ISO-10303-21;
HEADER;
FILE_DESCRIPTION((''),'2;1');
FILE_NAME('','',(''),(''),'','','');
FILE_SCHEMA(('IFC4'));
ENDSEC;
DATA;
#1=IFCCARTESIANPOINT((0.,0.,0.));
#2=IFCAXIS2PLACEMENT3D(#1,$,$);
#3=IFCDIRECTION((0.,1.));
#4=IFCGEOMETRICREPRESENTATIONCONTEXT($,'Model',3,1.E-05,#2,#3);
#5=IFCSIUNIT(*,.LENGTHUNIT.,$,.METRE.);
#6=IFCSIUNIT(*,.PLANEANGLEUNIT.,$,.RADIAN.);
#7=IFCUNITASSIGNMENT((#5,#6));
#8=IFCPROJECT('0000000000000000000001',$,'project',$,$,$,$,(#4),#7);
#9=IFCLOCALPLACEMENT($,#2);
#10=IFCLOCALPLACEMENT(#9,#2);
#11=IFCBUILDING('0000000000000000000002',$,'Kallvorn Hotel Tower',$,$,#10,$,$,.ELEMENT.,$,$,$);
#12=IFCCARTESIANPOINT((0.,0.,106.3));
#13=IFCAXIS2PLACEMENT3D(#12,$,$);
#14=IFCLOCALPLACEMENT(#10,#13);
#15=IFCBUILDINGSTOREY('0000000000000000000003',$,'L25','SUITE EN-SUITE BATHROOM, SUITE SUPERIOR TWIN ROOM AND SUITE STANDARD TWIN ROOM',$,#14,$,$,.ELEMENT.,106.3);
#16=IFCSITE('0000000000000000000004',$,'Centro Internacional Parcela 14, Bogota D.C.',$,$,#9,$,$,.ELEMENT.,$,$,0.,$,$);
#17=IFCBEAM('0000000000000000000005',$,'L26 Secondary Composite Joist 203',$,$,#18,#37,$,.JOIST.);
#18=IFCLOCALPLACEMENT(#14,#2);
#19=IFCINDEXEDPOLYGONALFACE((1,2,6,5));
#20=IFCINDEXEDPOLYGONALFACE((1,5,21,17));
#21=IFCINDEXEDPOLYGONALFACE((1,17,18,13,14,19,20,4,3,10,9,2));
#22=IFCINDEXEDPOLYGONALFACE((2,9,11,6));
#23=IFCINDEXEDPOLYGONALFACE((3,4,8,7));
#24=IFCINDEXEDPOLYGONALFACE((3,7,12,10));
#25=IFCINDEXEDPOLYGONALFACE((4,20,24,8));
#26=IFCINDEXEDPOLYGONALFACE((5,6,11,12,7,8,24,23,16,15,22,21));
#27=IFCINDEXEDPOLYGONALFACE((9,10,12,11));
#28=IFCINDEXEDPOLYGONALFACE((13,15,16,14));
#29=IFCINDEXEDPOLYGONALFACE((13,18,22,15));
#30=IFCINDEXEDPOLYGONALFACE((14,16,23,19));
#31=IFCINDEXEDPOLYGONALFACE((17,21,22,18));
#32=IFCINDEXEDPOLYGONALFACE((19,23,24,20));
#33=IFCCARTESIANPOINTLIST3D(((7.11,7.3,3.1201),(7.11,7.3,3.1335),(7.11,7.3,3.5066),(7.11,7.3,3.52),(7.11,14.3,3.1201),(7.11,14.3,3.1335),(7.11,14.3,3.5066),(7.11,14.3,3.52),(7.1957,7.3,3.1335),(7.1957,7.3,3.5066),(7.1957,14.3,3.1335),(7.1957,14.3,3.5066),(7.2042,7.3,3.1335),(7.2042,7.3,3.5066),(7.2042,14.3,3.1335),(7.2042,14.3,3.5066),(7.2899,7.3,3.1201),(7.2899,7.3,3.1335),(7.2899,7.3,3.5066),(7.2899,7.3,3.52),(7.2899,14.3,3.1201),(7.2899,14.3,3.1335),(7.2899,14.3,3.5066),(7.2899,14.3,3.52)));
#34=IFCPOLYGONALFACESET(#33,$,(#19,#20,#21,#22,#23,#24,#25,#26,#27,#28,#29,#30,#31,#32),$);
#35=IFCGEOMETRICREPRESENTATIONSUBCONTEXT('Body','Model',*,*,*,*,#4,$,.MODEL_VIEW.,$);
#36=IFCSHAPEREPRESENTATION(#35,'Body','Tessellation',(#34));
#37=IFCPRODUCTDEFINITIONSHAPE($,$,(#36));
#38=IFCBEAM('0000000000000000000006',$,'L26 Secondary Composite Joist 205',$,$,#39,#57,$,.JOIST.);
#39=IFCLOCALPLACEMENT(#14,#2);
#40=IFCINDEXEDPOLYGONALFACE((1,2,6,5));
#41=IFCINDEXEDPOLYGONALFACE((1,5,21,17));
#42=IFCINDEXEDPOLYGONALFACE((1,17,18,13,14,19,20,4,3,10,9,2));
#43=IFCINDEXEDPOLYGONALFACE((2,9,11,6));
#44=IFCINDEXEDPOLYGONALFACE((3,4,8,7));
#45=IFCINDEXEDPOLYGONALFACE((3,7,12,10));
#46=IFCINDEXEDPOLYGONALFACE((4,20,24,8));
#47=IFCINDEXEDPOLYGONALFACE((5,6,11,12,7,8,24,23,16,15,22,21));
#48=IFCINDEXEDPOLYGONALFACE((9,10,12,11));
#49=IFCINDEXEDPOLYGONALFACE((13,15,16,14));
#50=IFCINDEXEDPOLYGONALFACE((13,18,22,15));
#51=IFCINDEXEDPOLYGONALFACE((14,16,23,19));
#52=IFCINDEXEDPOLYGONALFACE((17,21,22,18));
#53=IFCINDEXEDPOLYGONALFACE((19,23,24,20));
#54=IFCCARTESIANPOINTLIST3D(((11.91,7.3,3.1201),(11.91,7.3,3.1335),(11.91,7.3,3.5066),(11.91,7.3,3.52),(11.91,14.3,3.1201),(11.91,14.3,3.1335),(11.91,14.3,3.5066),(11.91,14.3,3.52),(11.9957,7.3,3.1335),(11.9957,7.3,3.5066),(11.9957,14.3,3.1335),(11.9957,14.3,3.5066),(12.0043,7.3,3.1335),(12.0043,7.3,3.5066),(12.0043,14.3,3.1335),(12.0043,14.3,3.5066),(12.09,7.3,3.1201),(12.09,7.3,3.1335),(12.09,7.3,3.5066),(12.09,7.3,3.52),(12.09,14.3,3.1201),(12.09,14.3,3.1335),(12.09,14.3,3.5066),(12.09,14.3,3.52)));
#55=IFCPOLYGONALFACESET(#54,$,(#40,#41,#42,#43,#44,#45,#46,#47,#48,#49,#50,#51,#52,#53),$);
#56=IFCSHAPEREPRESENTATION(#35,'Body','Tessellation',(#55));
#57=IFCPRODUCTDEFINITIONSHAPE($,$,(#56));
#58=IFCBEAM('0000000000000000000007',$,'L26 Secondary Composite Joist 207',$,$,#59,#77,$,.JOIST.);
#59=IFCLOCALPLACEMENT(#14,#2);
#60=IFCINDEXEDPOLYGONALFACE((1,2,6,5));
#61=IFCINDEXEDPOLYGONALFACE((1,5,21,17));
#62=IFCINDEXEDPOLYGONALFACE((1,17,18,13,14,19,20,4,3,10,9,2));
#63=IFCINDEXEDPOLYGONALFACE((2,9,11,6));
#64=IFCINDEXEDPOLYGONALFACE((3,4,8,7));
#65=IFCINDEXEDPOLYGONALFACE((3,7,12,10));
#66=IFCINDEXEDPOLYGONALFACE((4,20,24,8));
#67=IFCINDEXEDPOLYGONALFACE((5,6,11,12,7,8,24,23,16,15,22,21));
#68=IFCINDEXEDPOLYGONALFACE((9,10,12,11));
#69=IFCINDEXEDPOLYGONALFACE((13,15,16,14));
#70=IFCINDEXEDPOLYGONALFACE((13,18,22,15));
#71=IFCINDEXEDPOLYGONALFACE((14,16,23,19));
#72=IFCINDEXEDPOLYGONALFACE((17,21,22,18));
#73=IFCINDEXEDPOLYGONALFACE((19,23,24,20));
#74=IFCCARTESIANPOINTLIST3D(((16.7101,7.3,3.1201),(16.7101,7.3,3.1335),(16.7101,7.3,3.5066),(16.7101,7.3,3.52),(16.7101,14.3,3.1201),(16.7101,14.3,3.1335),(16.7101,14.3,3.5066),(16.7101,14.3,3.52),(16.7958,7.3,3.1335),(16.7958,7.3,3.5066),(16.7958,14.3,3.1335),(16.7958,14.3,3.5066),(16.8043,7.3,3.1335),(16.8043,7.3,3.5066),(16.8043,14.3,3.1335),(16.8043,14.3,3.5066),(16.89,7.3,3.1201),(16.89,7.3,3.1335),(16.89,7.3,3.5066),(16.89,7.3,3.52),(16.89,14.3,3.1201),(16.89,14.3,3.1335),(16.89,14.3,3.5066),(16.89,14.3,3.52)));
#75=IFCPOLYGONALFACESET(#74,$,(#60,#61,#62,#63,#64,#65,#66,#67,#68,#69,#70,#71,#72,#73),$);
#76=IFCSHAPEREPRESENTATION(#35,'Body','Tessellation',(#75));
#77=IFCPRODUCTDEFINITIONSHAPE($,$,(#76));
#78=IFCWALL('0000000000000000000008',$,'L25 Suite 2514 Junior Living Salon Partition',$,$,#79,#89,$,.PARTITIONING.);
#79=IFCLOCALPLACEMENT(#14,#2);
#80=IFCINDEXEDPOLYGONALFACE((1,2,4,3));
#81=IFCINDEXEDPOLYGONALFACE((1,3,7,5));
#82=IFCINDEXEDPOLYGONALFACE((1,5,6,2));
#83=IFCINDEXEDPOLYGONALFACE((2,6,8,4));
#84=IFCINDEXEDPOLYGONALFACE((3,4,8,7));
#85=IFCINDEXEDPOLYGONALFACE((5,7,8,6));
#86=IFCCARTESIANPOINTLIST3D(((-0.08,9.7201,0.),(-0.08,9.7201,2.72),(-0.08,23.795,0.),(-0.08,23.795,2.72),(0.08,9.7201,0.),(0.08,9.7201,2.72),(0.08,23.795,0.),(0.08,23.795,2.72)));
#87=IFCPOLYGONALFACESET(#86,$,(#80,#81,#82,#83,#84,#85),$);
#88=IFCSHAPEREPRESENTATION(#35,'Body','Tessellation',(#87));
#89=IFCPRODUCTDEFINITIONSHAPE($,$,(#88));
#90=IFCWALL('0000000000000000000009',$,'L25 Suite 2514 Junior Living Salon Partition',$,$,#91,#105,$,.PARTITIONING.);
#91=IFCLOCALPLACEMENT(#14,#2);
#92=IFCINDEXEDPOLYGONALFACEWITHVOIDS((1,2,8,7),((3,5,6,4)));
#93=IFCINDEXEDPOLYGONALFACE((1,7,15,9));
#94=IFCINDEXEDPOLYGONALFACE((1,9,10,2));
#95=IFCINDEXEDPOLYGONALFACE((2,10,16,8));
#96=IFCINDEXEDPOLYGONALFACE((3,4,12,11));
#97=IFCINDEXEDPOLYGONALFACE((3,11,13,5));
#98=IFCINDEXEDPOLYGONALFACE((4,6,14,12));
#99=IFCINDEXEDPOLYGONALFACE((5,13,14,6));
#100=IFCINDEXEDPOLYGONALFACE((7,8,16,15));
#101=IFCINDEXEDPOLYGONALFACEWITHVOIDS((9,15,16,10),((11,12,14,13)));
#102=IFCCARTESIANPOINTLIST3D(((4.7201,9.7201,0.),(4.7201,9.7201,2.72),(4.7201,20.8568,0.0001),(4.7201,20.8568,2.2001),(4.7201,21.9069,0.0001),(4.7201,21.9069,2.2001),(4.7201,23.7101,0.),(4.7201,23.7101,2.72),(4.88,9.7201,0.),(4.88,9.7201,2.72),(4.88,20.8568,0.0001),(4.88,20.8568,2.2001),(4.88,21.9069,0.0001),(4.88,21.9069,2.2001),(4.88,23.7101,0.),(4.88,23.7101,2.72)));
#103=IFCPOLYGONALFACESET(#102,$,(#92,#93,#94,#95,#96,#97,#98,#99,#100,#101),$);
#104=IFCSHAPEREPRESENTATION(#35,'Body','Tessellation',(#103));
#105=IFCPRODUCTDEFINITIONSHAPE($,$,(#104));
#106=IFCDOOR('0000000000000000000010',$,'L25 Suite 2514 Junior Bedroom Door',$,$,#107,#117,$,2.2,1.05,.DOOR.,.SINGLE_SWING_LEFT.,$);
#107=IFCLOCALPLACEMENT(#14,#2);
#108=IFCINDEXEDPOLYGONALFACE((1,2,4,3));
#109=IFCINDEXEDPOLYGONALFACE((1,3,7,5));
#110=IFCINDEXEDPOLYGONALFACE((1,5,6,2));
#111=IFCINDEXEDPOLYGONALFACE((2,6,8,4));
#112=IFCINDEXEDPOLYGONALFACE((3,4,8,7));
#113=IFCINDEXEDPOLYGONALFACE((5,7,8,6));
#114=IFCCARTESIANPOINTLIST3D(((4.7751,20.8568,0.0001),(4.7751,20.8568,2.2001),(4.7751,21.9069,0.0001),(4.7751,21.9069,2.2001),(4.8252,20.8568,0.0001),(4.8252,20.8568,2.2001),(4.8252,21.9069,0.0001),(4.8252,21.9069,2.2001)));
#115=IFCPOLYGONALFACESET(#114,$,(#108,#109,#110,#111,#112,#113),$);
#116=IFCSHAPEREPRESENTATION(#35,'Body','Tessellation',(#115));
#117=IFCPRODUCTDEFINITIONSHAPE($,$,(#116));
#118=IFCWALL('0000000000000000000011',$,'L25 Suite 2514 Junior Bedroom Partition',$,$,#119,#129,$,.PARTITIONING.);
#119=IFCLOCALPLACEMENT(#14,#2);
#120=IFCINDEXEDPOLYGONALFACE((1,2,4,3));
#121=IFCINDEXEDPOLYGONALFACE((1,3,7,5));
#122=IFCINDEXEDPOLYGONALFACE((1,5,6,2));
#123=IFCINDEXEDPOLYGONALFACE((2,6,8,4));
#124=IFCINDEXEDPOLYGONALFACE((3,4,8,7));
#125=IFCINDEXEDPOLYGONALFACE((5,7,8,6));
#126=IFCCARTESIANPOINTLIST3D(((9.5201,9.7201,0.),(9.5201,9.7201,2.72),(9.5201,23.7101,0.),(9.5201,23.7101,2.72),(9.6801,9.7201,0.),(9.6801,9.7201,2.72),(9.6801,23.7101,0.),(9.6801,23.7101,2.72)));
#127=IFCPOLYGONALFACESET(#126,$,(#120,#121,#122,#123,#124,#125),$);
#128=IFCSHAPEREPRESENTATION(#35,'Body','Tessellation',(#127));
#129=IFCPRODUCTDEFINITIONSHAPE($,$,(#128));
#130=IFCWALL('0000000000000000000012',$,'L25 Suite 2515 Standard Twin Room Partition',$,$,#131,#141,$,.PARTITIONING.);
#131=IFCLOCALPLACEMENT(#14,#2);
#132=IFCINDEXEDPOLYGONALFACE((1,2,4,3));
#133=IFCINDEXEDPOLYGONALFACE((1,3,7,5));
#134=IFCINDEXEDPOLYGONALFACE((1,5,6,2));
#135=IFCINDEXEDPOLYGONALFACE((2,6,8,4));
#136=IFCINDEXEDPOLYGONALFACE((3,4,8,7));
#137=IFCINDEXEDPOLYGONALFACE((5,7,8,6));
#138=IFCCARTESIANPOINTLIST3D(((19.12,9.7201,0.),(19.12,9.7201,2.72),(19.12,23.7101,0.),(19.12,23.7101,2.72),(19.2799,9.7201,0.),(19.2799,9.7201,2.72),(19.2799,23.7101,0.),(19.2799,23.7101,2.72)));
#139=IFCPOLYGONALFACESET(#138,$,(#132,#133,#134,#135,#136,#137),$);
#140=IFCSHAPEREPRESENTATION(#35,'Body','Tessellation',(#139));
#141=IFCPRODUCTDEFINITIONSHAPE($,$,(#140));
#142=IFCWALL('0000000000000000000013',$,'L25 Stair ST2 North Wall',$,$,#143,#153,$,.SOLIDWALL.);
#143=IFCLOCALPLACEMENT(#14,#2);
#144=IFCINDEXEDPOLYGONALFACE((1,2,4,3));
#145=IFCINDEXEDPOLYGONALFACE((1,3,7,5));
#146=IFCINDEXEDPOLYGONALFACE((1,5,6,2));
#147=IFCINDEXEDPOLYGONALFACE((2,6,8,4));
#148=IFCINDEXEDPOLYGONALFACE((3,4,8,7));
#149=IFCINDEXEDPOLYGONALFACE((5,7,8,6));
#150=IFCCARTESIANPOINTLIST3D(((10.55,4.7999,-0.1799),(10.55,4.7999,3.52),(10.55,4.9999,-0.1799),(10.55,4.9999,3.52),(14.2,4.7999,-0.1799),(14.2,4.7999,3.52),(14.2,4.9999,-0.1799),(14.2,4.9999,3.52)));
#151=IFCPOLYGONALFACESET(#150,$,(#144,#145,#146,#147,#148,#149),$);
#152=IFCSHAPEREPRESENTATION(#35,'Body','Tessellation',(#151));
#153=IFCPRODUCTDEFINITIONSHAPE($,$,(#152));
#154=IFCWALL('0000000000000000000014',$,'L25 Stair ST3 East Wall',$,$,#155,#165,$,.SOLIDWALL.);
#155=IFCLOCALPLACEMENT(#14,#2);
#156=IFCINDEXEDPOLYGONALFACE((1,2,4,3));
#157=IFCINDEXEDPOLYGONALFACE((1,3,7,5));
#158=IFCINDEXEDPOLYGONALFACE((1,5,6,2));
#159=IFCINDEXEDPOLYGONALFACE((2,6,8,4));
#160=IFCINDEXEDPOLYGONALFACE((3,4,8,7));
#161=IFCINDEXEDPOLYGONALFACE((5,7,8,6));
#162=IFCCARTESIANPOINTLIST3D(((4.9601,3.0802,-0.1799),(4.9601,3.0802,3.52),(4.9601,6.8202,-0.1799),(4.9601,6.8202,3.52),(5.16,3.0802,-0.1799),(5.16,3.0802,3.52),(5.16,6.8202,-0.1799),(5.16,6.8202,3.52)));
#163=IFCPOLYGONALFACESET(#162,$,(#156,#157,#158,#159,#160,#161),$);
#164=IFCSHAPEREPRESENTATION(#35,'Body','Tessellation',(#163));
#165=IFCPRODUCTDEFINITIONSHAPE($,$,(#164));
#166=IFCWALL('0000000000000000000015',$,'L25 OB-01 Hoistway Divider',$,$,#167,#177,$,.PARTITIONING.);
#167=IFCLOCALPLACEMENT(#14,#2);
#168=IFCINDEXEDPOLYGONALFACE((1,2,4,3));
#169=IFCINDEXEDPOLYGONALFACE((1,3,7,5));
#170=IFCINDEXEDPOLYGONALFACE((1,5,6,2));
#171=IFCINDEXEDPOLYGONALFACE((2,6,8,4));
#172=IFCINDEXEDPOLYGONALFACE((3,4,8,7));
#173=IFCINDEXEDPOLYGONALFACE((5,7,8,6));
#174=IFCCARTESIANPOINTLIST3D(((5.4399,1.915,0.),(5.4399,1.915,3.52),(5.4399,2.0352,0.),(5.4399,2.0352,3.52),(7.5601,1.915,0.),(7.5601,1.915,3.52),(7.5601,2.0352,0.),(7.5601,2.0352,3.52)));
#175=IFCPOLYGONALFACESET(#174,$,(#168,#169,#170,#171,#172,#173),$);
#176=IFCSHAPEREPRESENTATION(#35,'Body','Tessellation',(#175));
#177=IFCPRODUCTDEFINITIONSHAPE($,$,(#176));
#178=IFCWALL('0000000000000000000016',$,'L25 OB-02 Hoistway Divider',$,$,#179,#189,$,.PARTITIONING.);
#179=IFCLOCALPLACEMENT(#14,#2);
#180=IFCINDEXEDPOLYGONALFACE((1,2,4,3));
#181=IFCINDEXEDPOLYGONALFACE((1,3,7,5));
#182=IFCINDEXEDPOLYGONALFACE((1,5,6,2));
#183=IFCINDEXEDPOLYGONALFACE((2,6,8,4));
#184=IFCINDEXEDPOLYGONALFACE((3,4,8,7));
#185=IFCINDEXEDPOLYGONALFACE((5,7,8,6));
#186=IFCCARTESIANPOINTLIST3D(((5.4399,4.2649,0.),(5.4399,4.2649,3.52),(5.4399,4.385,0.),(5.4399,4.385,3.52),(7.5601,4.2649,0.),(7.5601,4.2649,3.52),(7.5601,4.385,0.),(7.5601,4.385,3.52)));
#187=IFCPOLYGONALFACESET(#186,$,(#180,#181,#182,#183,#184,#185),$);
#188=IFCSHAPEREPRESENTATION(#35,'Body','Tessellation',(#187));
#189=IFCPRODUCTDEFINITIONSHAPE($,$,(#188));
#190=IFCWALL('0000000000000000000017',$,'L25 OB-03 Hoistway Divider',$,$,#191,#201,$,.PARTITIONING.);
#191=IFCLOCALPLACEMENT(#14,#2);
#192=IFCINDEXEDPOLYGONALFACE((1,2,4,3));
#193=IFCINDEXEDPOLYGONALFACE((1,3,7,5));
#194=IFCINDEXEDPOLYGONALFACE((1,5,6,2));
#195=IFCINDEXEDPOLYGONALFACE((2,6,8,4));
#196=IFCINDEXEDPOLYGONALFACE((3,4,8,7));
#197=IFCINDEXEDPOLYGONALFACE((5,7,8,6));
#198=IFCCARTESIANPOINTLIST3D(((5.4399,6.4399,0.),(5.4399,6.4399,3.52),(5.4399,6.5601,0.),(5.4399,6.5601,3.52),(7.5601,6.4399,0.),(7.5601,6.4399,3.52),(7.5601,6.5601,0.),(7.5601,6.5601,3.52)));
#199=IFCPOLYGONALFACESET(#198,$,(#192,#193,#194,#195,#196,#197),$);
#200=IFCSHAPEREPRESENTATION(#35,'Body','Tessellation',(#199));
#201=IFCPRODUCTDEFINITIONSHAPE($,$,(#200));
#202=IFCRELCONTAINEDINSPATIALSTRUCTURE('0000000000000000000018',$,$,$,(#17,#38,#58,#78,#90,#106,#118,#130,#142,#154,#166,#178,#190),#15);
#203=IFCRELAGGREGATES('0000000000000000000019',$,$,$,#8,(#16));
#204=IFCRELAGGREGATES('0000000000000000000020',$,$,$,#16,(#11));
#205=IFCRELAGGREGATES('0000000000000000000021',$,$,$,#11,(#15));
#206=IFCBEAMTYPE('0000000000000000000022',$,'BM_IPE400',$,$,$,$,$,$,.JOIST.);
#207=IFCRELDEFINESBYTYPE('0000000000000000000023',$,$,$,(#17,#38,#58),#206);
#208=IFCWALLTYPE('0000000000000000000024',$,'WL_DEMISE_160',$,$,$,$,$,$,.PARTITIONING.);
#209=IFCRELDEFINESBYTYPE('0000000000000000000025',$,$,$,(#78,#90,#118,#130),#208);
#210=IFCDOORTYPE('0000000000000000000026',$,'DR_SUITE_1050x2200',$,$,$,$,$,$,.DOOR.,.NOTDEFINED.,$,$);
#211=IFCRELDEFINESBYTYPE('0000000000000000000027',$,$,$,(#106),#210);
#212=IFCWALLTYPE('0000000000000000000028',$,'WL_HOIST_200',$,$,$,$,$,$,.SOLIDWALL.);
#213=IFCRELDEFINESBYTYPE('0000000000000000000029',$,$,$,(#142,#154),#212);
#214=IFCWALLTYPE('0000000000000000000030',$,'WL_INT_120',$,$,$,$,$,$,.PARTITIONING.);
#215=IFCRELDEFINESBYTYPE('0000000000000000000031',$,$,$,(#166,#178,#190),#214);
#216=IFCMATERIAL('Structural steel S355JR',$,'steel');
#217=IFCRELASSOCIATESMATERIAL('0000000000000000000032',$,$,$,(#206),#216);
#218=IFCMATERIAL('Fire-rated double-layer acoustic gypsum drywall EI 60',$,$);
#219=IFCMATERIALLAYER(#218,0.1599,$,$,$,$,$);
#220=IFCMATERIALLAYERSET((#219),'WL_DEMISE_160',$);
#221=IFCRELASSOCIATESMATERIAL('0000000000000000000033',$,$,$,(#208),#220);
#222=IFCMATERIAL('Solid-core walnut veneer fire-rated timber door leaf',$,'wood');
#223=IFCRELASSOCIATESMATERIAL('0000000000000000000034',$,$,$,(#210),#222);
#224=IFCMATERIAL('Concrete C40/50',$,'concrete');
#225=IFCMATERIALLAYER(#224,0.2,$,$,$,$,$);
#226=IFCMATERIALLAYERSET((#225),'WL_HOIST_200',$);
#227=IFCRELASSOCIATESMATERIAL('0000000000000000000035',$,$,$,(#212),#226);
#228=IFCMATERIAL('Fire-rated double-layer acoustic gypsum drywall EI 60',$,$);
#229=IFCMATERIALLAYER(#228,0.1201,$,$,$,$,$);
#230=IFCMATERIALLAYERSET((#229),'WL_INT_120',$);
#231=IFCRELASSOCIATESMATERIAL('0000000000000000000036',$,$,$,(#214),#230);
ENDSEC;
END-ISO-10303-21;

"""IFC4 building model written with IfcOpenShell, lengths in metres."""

from ifc_helpers import new_model, si_unit, direction, frame, frame_2d, origin, origin_2d, place, context, subcontext, project, spatial, rectangle, i_section, extrude, material, layer, layer_set, material_profile, profile_set, type_object, element, fill, save


model = new_model("IFC4")

# Units and contexts
model_context = context("Model", 3, precision=1e-05, world=origin(), true_north=direction((0.0, 1.0)))
body_context = subcontext(model_context, "Body", "Model", "MODEL_VIEW")
ifc_project = project(units=[si_unit("LENGTHUNIT", "METRE"), si_unit("PLANEANGLEUNIT", "RADIAN")], contexts=[model_context])

# Site, building, storey
site_placement = place(None, origin())
site = spatial("IfcSite", under=ifc_project, at=site_placement, Name="Centro Internacional Parcela 14, Bogota D.C.", CompositionType="ELEMENT", RefElevation=0.0)
building_placement = place(site_placement, origin())
building = spatial("IfcBuilding", under=site, at=building_placement, Name="Kallvorn Hotel Tower", CompositionType="ELEMENT")
storey_placement = place(building_placement, frame((0.0, 0.0, 106.3)))
storey = spatial("IfcBuildingStorey", under=building, at=storey_placement, Name="L25", Description="SUITE EN-SUITE BATHROOM, SUITE SUPERIOR TWIN ROOM AND SUITE STANDARD TWIN ROOM", CompositionType="ELEMENT", Elevation=106.3)

# Beams
ifc_material_1 = material(Name="Structural steel S355JR", Category="steel")
ifc_material_profile_1 = material_profile(ifc_material_1, i_section(OverallWidth=0.1799, OverallDepth=0.3999, WebThickness=0.0085, FlangeThickness=0.0134, at=origin_2d()), Name="IPE 400")
ifc_profile_set_1 = profile_set([ifc_material_profile_1], Name="Structural steel S355JR")
beam_type_1 = type_object("IfcBeamType", Name="BM_IPE400", PredefinedType="JOIST", material=ifc_profile_set_1)
for number, where, z_axis, x_axis, name in (
    (1, (7.2, 7.3, 3.3201), (0.0, 1.0, 0.0), (-1.0, 0.0, 0.0), "L26 Secondary Composite Joist 203"),
    (2, (12.0, 7.3, 3.3201), (0.0, 1.0, 0.0), (-1.0, 0.0, 0.0), "L26 Secondary Composite Joist 205"),
    (3, (16.8, 7.3, 3.3201), (0.0, 1.0, 0.0), (-1.0, 0.0, 0.0), "L26 Secondary Composite Joist 207"),
):
    element("IfcBeam", number, at=place(storey_placement, frame(where, z_axis=z_axis, x_axis=x_axis)), inside=storey, type_object=beam_type_1, Name=name, PredefinedType="JOIST", context=body_context, shape_type="SweptSolid", body=[
        extrude(i_section(OverallWidth=0.1799, OverallDepth=0.3999, WebThickness=0.0085, FlangeThickness=0.0134, at=origin_2d()), origin(), (0.0, 0.0, 1.0), 7.0),
    ])

# Wall
ifc_material_2 = material(Name="Fire-rated double-layer acoustic gypsum drywall EI 60")
ifc_layer_1 = layer(ifc_material_2, 0.1599)
ifc_layer_set_1 = layer_set([ifc_layer_1], Name="WL_DEMISE_160")
wall_type_1 = type_object("IfcWallType", Name="WL_DEMISE_160", PredefinedType="PARTITIONING", material=ifc_layer_set_1)
wall_1_placement = place(storey_placement, frame((0.0, 9.72, 0.0), z_axis=(0.0, 0.0, 1.0), x_axis=(0.0, 1.0, 0.0)))
element("IfcWall", 4, at=wall_1_placement, inside=storey, type_object=wall_type_1, Name="L25 Suite 2514 Junior Living Salon Partition", PredefinedType="PARTITIONING", context=body_context, shape_type="SweptSolid", body=[
    extrude(rectangle(XDim=14.075, YDim=0.1599, at=frame_2d((7.0376, 0.0))), origin(), (0.0, 0.0, 1.0), 2.72),
])

# Wall, opening, door
wall_2_placement = place(storey_placement, frame((4.8, 9.72, 0.0), z_axis=(0.0, 0.0, 1.0), x_axis=(0.0, 1.0, 0.0)))
wall_2 = element("IfcWall", 5, at=wall_2_placement, inside=storey, type_object=wall_type_1, Name="L25 Suite 2514 Junior Living Salon Partition", PredefinedType="PARTITIONING", context=body_context, shape_type="SweptSolid", body=[
    extrude(rectangle(XDim=13.99, YDim=0.1599, at=frame_2d((6.9951, 0.0))), origin(), (0.0, 0.0, 1.0), 2.72),
])
opening_1_placement = place(wall_2_placement, frame((11.137, 0.0, 0.0)))
opening_1 = element("IfcOpeningElement", 6, at=opening_1_placement, cuts=wall_2, PredefinedType="OPENING", context=body_context, shape_type="SweptSolid", body=[
    extrude(rectangle(XDim=1.05, YDim=2.2, at=frame_2d((0.5249, 1.1001))), frame((0.0, 0.095, 0.0), z_axis=(0.0, -1.0, 0.0), x_axis=(1.0, 0.0, 0.0)), (0.0, 0.0, 1.0), 0.1899),
])
ifc_material_3 = material(Name="Solid-core walnut veneer fire-rated timber door leaf", Category="wood")
door_type_1 = type_object("IfcDoorType", Name="DR_SUITE_1050x2200", OperationType="NOTDEFINED", PredefinedType="DOOR", material=ifc_material_3)
door_1_placement = place(opening_1_placement, origin())
door_1 = element("IfcDoor", 7, at=door_1_placement, inside=storey, type_object=door_type_1, Name="L25 Suite 2514 Junior Bedroom Door", OperationType="SINGLE_SWING_LEFT", OverallHeight=2.2, OverallWidth=1.05, PredefinedType="DOOR", context=body_context, shape_type="SweptSolid", body=[
    extrude(rectangle(XDim=1.05, YDim=2.2, at=frame_2d((0.5249, 1.1001))), frame((0.0, 0.0249, 0.0), z_axis=(0.0, -1.0, 0.0), x_axis=(1.0, 0.0, 0.0)), (0.0, 0.0, 1.0), 0.05),
])
fill(opening_1, door_1)

# Walls
for number, where, z_axis, x_axis, name in (
    (8, (9.6001, 9.72, 0.0), (0.0, 0.0, 1.0), (0.0, 1.0, 0.0), "L25 Suite 2514 Junior Bedroom Partition"),
    (9, (19.2, 9.72, 0.0), (0.0, 0.0, 1.0), (0.0, 1.0, 0.0), "L25 Suite 2515 Standard Twin Room Partition"),
):
    element("IfcWall", number, at=place(storey_placement, frame(where, z_axis=z_axis, x_axis=x_axis)), inside=storey, type_object=wall_type_1, Name=name, PredefinedType="PARTITIONING", context=body_context, shape_type="SweptSolid", body=[
        extrude(rectangle(XDim=13.99, YDim=0.1599, at=frame_2d((6.9951, 0.0))), origin(), (0.0, 0.0, 1.0), 2.72),
    ])
ifc_material_4 = material(Name="Concrete C40/50", Category="concrete")
ifc_layer_2 = layer(ifc_material_4, 0.2)
ifc_layer_set_2 = layer_set([ifc_layer_2], Name="WL_HOIST_200")
wall_type_2 = type_object("IfcWallType", Name="WL_HOIST_200", PredefinedType="SOLIDWALL", material=ifc_layer_set_2)
wall_3_placement = place(storey_placement, frame((10.55, 4.8999, -0.1799), z_axis=(0.0, 0.0, 1.0), x_axis=(1.0, 0.0, 0.0)))
element("IfcWall", 10, at=wall_3_placement, inside=storey, type_object=wall_type_2, Name="L25 Stair ST2 North Wall", PredefinedType="SOLIDWALL", context=body_context, shape_type="SweptSolid", body=[
    extrude(rectangle(XDim=3.6499, YDim=0.2, at=frame_2d((1.825, 0.0))), origin(), (0.0, 0.0, 1.0), 3.7),
])
wall_4_placement = place(storey_placement, frame((5.0601, 3.0801, -0.1799), z_axis=(0.0, 0.0, 1.0), x_axis=(0.0, 1.0, 0.0)))
element("IfcWall", 11, at=wall_4_placement, inside=storey, type_object=wall_type_2, Name="L25 Stair ST3 East Wall", PredefinedType="SOLIDWALL", context=body_context, shape_type="SweptSolid", body=[
    extrude(rectangle(XDim=3.74, YDim=0.2, at=frame_2d((1.8701, 0.0))), origin(), (0.0, 0.0, 1.0), 3.7),
])
ifc_material_5 = material(Name="Fire-rated double-layer acoustic gypsum drywall EI 60")
ifc_layer_3 = layer(ifc_material_5, 0.1201)
ifc_layer_set_3 = layer_set([ifc_layer_3], Name="WL_INT_120")
wall_type_3 = type_object("IfcWallType", Name="WL_INT_120", PredefinedType="PARTITIONING", material=ifc_layer_set_3)
for number, where, z_axis, x_axis, name in (
    (12, (5.4399, 1.9751, 0.0), (0.0, 0.0, 1.0), (1.0, 0.0, 0.0), "L25 OB-01 Hoistway Divider"),
    (13, (5.4399, 4.325, 0.0), (0.0, 0.0, 1.0), (1.0, 0.0, 0.0), "L25 OB-02 Hoistway Divider"),
    (14, (5.4399, 6.5, 0.0), (0.0, 0.0, 1.0), (1.0, 0.0, 0.0), "L25 OB-03 Hoistway Divider"),
):
    element("IfcWall", number, at=place(storey_placement, frame(where, z_axis=z_axis, x_axis=x_axis)), inside=storey, type_object=wall_type_3, Name=name, PredefinedType="PARTITIONING", context=body_context, shape_type="SweptSolid", body=[
        extrude(rectangle(XDim=2.1201, YDim=0.1201, at=frame_2d((1.0601, 0.0))), origin(), (0.0, 0.0, 1.0), 3.52),
    ])

save(model, "model.ifc")
